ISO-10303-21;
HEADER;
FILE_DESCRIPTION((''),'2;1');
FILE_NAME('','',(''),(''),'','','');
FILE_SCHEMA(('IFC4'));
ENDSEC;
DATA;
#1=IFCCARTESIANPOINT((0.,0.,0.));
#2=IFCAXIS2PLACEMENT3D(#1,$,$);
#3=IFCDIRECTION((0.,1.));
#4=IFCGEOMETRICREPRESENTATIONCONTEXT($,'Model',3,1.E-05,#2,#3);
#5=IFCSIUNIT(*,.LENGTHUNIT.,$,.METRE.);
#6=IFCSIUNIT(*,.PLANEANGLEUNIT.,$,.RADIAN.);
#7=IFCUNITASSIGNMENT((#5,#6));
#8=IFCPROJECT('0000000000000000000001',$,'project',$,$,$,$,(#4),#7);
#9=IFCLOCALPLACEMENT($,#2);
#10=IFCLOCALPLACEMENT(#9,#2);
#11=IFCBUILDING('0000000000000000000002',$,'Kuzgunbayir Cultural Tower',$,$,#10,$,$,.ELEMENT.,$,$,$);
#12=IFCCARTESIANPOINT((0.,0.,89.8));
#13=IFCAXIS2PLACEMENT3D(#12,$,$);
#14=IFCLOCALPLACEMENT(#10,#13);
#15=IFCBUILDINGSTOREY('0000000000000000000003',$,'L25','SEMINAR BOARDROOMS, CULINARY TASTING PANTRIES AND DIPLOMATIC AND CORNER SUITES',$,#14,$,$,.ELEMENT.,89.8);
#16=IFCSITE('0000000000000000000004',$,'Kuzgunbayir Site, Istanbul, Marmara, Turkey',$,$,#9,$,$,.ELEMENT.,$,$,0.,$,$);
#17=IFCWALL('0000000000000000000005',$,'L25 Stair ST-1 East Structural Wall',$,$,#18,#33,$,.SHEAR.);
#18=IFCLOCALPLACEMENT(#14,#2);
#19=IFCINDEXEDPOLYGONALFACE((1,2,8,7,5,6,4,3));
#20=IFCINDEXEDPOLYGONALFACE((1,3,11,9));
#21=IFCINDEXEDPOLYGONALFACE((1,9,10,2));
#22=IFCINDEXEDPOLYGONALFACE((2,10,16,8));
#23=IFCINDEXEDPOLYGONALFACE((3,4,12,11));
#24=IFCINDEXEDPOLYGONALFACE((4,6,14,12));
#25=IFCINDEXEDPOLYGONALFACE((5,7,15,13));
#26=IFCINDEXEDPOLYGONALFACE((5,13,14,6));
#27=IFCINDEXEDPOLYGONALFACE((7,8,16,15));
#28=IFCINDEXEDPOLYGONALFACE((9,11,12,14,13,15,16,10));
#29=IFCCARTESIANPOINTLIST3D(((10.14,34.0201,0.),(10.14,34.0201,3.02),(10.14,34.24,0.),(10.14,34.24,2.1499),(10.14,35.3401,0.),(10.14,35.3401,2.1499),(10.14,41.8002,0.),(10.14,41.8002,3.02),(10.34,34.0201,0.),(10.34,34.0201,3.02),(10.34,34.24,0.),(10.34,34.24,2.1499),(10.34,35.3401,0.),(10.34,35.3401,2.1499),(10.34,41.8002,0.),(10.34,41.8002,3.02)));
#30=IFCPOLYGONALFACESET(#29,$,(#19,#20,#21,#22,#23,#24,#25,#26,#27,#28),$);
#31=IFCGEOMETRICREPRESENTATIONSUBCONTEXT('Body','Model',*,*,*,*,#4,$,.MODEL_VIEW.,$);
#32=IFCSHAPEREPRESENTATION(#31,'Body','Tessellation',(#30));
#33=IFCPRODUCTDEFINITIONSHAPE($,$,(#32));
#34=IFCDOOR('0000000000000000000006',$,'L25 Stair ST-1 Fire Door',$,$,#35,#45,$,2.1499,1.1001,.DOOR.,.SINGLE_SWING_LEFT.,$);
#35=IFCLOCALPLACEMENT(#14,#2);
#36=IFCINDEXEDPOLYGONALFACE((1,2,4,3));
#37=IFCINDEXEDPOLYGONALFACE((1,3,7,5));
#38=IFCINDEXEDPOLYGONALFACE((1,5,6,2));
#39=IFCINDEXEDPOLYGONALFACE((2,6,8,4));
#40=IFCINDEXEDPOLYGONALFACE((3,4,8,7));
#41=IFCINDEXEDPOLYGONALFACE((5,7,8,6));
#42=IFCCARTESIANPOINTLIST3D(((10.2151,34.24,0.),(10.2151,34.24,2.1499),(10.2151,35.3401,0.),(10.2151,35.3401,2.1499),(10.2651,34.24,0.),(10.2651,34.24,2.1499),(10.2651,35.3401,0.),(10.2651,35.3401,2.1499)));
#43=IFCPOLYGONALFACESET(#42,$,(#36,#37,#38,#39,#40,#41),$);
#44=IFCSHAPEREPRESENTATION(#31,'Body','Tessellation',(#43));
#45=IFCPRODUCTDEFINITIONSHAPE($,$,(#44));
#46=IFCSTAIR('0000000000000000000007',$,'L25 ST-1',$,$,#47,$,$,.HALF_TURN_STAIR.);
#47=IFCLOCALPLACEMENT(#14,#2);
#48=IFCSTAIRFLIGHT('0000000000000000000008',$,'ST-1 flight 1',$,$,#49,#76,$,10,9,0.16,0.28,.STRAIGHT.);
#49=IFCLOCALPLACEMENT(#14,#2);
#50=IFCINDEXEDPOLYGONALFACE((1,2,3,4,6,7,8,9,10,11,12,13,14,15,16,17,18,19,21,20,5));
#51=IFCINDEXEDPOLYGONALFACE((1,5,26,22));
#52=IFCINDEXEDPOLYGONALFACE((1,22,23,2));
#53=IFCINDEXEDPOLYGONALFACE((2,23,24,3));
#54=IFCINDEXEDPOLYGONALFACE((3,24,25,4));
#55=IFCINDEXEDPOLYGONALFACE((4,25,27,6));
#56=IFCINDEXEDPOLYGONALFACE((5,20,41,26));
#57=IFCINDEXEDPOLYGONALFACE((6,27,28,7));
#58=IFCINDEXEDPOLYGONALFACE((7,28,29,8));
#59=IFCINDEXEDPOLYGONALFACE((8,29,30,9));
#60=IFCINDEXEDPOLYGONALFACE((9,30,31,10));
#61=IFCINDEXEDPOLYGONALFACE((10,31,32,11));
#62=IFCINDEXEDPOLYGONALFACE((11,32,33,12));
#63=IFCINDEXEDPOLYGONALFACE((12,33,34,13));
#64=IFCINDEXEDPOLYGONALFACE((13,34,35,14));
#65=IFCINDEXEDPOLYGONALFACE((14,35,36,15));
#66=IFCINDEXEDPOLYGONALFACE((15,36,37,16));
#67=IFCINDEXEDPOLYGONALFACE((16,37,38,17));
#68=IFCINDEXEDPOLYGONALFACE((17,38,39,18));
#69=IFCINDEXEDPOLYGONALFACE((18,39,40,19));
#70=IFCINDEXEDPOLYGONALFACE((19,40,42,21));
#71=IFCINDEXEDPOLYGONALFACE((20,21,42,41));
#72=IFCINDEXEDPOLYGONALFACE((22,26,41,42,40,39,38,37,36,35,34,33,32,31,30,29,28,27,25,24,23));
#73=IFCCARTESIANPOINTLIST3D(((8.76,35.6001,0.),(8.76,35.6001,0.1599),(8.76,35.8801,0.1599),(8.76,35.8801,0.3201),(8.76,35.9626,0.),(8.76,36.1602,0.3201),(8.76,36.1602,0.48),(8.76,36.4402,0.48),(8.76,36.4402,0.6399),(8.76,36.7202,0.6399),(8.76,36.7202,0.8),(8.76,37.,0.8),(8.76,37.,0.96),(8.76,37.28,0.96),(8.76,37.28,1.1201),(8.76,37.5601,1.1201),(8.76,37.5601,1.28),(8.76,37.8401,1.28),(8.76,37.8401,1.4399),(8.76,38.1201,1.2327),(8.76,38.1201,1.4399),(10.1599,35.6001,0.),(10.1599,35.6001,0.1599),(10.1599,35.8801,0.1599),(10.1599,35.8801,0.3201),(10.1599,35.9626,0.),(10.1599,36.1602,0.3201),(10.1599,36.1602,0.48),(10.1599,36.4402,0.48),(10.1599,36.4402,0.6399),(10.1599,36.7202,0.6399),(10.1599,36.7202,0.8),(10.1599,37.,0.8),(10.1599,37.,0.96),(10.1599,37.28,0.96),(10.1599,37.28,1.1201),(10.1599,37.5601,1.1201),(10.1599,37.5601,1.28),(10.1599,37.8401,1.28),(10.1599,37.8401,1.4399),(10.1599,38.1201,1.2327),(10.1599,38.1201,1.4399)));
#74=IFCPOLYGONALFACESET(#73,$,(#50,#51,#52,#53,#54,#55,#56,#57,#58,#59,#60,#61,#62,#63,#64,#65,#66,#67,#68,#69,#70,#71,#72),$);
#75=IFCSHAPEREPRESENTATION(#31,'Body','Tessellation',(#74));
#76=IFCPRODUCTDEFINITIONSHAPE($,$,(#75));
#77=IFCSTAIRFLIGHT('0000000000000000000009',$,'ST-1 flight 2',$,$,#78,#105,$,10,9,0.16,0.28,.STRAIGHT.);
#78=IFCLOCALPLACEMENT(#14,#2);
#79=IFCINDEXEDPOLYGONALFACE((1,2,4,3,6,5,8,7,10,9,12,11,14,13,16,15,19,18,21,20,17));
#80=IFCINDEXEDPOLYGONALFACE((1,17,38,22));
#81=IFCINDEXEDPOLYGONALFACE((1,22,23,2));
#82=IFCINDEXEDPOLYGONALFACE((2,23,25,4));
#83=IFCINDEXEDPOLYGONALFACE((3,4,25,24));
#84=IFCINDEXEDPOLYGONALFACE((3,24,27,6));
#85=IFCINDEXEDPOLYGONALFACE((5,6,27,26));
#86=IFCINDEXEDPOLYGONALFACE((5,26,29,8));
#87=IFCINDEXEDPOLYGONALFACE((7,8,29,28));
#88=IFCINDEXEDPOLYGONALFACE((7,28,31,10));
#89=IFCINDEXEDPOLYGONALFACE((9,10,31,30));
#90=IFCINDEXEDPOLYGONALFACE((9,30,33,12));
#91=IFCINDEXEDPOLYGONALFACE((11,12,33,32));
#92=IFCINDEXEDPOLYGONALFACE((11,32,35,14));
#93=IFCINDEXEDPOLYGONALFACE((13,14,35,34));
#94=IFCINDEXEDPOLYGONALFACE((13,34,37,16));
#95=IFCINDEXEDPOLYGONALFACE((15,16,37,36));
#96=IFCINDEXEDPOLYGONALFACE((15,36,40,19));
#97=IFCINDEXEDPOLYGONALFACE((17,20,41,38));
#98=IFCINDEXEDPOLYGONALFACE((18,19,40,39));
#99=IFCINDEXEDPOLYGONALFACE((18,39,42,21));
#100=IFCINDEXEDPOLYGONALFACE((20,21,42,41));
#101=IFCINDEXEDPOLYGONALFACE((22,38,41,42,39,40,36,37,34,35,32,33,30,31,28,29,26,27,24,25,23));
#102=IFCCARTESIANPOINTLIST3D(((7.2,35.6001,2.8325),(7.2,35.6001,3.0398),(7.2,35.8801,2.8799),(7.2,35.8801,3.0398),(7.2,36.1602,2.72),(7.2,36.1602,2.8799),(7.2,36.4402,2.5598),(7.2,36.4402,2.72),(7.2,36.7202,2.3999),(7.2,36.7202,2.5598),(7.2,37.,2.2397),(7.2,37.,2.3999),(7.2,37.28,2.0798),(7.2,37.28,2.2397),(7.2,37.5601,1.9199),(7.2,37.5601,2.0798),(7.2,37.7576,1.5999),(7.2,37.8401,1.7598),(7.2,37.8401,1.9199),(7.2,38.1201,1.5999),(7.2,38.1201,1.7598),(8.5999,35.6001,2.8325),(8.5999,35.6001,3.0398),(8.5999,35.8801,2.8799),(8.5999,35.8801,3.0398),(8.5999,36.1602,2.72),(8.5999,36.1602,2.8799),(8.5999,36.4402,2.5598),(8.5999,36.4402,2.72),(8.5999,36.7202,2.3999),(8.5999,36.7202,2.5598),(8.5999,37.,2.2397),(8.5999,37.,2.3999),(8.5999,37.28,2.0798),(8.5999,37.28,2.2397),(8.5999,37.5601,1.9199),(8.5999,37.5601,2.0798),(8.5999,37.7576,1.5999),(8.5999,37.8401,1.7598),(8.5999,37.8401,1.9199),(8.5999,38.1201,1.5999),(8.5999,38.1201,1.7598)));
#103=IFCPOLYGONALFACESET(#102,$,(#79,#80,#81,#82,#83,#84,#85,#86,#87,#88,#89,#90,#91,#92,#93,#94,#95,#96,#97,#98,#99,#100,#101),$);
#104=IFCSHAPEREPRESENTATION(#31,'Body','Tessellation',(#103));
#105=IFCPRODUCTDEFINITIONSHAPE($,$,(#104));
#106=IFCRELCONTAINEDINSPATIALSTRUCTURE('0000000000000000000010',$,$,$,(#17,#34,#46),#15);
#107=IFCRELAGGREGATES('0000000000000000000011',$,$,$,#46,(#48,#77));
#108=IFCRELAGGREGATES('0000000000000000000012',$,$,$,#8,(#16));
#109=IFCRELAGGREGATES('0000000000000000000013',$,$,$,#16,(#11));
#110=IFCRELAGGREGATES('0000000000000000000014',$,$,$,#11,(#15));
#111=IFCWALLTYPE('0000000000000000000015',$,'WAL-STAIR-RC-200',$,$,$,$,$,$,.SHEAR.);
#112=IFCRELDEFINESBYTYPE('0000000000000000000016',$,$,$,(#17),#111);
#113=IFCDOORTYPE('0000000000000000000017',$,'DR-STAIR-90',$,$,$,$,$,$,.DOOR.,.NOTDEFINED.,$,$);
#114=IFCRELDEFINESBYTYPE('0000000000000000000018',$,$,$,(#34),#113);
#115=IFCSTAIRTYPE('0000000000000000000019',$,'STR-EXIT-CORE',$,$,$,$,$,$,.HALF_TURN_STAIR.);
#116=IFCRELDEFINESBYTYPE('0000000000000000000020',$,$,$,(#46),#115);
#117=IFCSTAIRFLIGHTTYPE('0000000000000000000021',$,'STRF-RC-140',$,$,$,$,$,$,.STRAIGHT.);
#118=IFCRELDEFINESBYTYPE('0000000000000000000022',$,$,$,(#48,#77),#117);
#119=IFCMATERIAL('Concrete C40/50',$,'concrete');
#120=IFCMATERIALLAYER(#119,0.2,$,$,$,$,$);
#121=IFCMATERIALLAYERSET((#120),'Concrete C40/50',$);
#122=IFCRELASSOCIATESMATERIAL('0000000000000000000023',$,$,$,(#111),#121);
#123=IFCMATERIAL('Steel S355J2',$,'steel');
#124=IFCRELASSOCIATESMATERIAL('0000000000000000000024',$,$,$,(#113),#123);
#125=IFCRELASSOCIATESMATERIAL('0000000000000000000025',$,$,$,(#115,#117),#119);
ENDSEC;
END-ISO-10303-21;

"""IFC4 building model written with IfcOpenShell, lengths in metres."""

from ifc_helpers import new_model, si_unit, direction, frame, frame_2d, origin, place, context, subcontext, project, spatial, polyline, rectangle, outline, extrude, material, layer, layer_set, type_object, element, fill, aggregate, save


model = new_model("IFC4")

# Units and contexts
model_context = context("Model", 3, precision=1e-05, world=origin(), true_north=direction((0.0, 1.0)))
body_context = subcontext(model_context, "Body", "Model", "MODEL_VIEW")
ifc_project = project(units=[si_unit("LENGTHUNIT", "METRE"), si_unit("PLANEANGLEUNIT", "RADIAN")], contexts=[model_context])

# Site, building, storey
site_placement = place(None, origin())
site = spatial("IfcSite", under=ifc_project, at=site_placement, Name="Kuzgunbayir Site, Istanbul, Marmara, Turkey", CompositionType="ELEMENT", RefElevation=0.0)
building_placement = place(site_placement, origin())
building = spatial("IfcBuilding", under=site, at=building_placement, Name="Kuzgunbayir Cultural Tower", CompositionType="ELEMENT")
storey_placement = place(building_placement, frame((0.0, 0.0, 89.8)))
storey = spatial("IfcBuildingStorey", under=building, at=storey_placement, Name="L25", Description="SEMINAR BOARDROOMS, CULINARY TASTING PANTRIES AND DIPLOMATIC AND CORNER SUITES", CompositionType="ELEMENT", Elevation=89.8)

# Shared definitions
ifc_material_1 = material(Name="Steel S355J2", Category="steel")

# Shared definitions
ifc_material_2 = material(Name="Concrete C40/50", Category="concrete")

# Wall, opening, door
ifc_layer_1 = layer(ifc_material_2, 0.2)
ifc_layer_set_1 = layer_set([ifc_layer_1], Name="Concrete C40/50")
wall_type_1 = type_object("IfcWallType", Name="WAL-STAIR-RC-200", PredefinedType="SHEAR", material=ifc_layer_set_1)
wall_1_placement = place(storey_placement, frame((10.24, 34.02, 0.0), z_axis=(0.0, 0.0, 1.0), x_axis=(0.0, 1.0, 0.0)))
wall_1 = element("IfcWall", 1, at=wall_1_placement, inside=storey, type_object=wall_type_1, Name="L25 Stair ST-1 East Structural Wall", PredefinedType="SHEAR", context=body_context, shape_type="SweptSolid", body=[
    extrude(rectangle(XDim=7.78, YDim=0.2, at=frame_2d((3.8901, 0.0))), origin(), (0.0, 0.0, 1.0), 3.02),
])
opening_1_placement = place(wall_1_placement, frame((0.22, 0.0, 0.0)))
opening_1 = element("IfcOpeningElement", 2, at=opening_1_placement, cuts=wall_1, PredefinedType="OPENING", context=body_context, shape_type="SweptSolid", body=[
    extrude(rectangle(XDim=1.1001, YDim=2.1499, at=frame_2d((0.55, 1.075))), frame((0.0, 0.1099, 0.0), z_axis=(0.0, -1.0, 0.0), x_axis=(1.0, 0.0, 0.0)), (0.0, 0.0, 1.0), 0.22),
])
door_type_1 = type_object("IfcDoorType", Name="DR-STAIR-90", OperationType="NOTDEFINED", PredefinedType="DOOR", material=ifc_material_1)
door_1_placement = place(opening_1_placement, origin())
door_1 = element("IfcDoor", 3, at=door_1_placement, inside=storey, type_object=door_type_1, Name="L25 Stair ST-1 Fire Door", OperationType="SINGLE_SWING_LEFT", OverallHeight=2.1499, OverallWidth=1.1001, PredefinedType="DOOR", context=body_context, shape_type="SweptSolid", body=[
    extrude(rectangle(XDim=1.1001, YDim=2.1499, at=frame_2d((0.55, 1.075))), frame((0.0, 0.0249, 0.0), z_axis=(0.0, -1.0, 0.0), x_axis=(1.0, 0.0, 0.0)), (0.0, 0.0, 1.0), 0.05),
])
fill(opening_1, door_1)

# Stair, stair flights
stair_type = type_object("IfcStairType", Name="STR-EXIT-CORE", PredefinedType="HALF_TURN_STAIR", material=ifc_material_2)
stair_placement = place(storey_placement, origin())
stair = element("IfcStair", 4, at=stair_placement, inside=storey, type_object=stair_type, Name="L25 ST-1", PredefinedType="HALF_TURN_STAIR")
stair_flight_type = type_object("IfcStairFlightType", Name="STRF-RC-140", PredefinedType="STRAIGHT", material=ifc_material_2)
stair_flight_1_placement = place(storey_placement, frame((9.46, 35.6001, 0.0), z_axis=(0.0, 0.0, 1.0), x_axis=(0.0, 1.0, 0.0)))
stair_flight_1 = element("IfcStairFlight", 5, at=stair_flight_1_placement, type_object=stair_flight_type, Name="ST-1 flight 1", NumberOfRisers=10, NumberOfTreads=9, PredefinedType="STRAIGHT", RiserHeight=0.16, TreadLength=0.28, context=body_context, shape_type="SweptSolid", body=[
    extrude(outline(polyline([(0.0, 0.0), (0.0, 0.1599), (0.28, 0.1599), (0.28, 0.3201), (0.5601, 0.3201), (0.5601, 0.48), (0.8401, 0.48), (0.8401, 0.6399), (1.1201, 0.6399), (1.1201, 0.8), (1.3999, 0.8), (1.3999, 0.96), (1.6799, 0.96), (1.6799, 1.1201), (1.96, 1.1201), (1.96, 1.28), (2.24, 1.28), (2.24, 1.4399), (2.52, 1.4399), (2.52, 1.6001), (2.52, 1.2327), (0.3625, 0.0), (0.0, 0.0)])), frame((0.0, 0.7, 0.0), z_axis=(0.0, -1.0, 0.0), x_axis=(1.0, 0.0, 0.0)), (0.0, 0.0, 1.0), 1.3999),
])
stair_flight_2_placement = place(storey_placement, frame((7.8999, 38.1201, 1.5999), z_axis=(0.0, 0.0, 1.0), x_axis=(0.0, -1.0, 0.0)))
stair_flight_2 = element("IfcStairFlight", 6, at=stair_flight_2_placement, type_object=stair_flight_type, Name="ST-1 flight 2", NumberOfRisers=10, NumberOfTreads=9, PredefinedType="STRAIGHT", RiserHeight=0.16, TreadLength=0.28, context=body_context, shape_type="SweptSolid", body=[
    extrude(outline(polyline([(0.0, 0.0), (0.0, 0.1599), (0.28, 0.1599), (0.28, 0.3201), (0.5601, 0.3201), (0.5601, 0.48), (0.8401, 0.48), (0.8401, 0.6399), (1.1201, 0.6399), (1.1201, 0.8), (1.3999, 0.8), (1.3999, 0.96), (1.6799, 0.96), (1.6799, 1.1201), (1.96, 1.1201), (1.96, 1.28), (2.24, 1.28), (2.24, 1.4399), (2.52, 1.4399), (2.52, 1.6001), (2.52, 1.2327), (0.3625, 0.0), (0.0, 0.0)])), frame((0.0, 0.7, 0.0), z_axis=(0.0, -1.0, 0.0), x_axis=(1.0, 0.0, 0.0)), (0.0, 0.0, 1.0), 1.3999),
])
aggregate(stair, [stair_flight_1, stair_flight_2])

save(model, "model.ifc")
